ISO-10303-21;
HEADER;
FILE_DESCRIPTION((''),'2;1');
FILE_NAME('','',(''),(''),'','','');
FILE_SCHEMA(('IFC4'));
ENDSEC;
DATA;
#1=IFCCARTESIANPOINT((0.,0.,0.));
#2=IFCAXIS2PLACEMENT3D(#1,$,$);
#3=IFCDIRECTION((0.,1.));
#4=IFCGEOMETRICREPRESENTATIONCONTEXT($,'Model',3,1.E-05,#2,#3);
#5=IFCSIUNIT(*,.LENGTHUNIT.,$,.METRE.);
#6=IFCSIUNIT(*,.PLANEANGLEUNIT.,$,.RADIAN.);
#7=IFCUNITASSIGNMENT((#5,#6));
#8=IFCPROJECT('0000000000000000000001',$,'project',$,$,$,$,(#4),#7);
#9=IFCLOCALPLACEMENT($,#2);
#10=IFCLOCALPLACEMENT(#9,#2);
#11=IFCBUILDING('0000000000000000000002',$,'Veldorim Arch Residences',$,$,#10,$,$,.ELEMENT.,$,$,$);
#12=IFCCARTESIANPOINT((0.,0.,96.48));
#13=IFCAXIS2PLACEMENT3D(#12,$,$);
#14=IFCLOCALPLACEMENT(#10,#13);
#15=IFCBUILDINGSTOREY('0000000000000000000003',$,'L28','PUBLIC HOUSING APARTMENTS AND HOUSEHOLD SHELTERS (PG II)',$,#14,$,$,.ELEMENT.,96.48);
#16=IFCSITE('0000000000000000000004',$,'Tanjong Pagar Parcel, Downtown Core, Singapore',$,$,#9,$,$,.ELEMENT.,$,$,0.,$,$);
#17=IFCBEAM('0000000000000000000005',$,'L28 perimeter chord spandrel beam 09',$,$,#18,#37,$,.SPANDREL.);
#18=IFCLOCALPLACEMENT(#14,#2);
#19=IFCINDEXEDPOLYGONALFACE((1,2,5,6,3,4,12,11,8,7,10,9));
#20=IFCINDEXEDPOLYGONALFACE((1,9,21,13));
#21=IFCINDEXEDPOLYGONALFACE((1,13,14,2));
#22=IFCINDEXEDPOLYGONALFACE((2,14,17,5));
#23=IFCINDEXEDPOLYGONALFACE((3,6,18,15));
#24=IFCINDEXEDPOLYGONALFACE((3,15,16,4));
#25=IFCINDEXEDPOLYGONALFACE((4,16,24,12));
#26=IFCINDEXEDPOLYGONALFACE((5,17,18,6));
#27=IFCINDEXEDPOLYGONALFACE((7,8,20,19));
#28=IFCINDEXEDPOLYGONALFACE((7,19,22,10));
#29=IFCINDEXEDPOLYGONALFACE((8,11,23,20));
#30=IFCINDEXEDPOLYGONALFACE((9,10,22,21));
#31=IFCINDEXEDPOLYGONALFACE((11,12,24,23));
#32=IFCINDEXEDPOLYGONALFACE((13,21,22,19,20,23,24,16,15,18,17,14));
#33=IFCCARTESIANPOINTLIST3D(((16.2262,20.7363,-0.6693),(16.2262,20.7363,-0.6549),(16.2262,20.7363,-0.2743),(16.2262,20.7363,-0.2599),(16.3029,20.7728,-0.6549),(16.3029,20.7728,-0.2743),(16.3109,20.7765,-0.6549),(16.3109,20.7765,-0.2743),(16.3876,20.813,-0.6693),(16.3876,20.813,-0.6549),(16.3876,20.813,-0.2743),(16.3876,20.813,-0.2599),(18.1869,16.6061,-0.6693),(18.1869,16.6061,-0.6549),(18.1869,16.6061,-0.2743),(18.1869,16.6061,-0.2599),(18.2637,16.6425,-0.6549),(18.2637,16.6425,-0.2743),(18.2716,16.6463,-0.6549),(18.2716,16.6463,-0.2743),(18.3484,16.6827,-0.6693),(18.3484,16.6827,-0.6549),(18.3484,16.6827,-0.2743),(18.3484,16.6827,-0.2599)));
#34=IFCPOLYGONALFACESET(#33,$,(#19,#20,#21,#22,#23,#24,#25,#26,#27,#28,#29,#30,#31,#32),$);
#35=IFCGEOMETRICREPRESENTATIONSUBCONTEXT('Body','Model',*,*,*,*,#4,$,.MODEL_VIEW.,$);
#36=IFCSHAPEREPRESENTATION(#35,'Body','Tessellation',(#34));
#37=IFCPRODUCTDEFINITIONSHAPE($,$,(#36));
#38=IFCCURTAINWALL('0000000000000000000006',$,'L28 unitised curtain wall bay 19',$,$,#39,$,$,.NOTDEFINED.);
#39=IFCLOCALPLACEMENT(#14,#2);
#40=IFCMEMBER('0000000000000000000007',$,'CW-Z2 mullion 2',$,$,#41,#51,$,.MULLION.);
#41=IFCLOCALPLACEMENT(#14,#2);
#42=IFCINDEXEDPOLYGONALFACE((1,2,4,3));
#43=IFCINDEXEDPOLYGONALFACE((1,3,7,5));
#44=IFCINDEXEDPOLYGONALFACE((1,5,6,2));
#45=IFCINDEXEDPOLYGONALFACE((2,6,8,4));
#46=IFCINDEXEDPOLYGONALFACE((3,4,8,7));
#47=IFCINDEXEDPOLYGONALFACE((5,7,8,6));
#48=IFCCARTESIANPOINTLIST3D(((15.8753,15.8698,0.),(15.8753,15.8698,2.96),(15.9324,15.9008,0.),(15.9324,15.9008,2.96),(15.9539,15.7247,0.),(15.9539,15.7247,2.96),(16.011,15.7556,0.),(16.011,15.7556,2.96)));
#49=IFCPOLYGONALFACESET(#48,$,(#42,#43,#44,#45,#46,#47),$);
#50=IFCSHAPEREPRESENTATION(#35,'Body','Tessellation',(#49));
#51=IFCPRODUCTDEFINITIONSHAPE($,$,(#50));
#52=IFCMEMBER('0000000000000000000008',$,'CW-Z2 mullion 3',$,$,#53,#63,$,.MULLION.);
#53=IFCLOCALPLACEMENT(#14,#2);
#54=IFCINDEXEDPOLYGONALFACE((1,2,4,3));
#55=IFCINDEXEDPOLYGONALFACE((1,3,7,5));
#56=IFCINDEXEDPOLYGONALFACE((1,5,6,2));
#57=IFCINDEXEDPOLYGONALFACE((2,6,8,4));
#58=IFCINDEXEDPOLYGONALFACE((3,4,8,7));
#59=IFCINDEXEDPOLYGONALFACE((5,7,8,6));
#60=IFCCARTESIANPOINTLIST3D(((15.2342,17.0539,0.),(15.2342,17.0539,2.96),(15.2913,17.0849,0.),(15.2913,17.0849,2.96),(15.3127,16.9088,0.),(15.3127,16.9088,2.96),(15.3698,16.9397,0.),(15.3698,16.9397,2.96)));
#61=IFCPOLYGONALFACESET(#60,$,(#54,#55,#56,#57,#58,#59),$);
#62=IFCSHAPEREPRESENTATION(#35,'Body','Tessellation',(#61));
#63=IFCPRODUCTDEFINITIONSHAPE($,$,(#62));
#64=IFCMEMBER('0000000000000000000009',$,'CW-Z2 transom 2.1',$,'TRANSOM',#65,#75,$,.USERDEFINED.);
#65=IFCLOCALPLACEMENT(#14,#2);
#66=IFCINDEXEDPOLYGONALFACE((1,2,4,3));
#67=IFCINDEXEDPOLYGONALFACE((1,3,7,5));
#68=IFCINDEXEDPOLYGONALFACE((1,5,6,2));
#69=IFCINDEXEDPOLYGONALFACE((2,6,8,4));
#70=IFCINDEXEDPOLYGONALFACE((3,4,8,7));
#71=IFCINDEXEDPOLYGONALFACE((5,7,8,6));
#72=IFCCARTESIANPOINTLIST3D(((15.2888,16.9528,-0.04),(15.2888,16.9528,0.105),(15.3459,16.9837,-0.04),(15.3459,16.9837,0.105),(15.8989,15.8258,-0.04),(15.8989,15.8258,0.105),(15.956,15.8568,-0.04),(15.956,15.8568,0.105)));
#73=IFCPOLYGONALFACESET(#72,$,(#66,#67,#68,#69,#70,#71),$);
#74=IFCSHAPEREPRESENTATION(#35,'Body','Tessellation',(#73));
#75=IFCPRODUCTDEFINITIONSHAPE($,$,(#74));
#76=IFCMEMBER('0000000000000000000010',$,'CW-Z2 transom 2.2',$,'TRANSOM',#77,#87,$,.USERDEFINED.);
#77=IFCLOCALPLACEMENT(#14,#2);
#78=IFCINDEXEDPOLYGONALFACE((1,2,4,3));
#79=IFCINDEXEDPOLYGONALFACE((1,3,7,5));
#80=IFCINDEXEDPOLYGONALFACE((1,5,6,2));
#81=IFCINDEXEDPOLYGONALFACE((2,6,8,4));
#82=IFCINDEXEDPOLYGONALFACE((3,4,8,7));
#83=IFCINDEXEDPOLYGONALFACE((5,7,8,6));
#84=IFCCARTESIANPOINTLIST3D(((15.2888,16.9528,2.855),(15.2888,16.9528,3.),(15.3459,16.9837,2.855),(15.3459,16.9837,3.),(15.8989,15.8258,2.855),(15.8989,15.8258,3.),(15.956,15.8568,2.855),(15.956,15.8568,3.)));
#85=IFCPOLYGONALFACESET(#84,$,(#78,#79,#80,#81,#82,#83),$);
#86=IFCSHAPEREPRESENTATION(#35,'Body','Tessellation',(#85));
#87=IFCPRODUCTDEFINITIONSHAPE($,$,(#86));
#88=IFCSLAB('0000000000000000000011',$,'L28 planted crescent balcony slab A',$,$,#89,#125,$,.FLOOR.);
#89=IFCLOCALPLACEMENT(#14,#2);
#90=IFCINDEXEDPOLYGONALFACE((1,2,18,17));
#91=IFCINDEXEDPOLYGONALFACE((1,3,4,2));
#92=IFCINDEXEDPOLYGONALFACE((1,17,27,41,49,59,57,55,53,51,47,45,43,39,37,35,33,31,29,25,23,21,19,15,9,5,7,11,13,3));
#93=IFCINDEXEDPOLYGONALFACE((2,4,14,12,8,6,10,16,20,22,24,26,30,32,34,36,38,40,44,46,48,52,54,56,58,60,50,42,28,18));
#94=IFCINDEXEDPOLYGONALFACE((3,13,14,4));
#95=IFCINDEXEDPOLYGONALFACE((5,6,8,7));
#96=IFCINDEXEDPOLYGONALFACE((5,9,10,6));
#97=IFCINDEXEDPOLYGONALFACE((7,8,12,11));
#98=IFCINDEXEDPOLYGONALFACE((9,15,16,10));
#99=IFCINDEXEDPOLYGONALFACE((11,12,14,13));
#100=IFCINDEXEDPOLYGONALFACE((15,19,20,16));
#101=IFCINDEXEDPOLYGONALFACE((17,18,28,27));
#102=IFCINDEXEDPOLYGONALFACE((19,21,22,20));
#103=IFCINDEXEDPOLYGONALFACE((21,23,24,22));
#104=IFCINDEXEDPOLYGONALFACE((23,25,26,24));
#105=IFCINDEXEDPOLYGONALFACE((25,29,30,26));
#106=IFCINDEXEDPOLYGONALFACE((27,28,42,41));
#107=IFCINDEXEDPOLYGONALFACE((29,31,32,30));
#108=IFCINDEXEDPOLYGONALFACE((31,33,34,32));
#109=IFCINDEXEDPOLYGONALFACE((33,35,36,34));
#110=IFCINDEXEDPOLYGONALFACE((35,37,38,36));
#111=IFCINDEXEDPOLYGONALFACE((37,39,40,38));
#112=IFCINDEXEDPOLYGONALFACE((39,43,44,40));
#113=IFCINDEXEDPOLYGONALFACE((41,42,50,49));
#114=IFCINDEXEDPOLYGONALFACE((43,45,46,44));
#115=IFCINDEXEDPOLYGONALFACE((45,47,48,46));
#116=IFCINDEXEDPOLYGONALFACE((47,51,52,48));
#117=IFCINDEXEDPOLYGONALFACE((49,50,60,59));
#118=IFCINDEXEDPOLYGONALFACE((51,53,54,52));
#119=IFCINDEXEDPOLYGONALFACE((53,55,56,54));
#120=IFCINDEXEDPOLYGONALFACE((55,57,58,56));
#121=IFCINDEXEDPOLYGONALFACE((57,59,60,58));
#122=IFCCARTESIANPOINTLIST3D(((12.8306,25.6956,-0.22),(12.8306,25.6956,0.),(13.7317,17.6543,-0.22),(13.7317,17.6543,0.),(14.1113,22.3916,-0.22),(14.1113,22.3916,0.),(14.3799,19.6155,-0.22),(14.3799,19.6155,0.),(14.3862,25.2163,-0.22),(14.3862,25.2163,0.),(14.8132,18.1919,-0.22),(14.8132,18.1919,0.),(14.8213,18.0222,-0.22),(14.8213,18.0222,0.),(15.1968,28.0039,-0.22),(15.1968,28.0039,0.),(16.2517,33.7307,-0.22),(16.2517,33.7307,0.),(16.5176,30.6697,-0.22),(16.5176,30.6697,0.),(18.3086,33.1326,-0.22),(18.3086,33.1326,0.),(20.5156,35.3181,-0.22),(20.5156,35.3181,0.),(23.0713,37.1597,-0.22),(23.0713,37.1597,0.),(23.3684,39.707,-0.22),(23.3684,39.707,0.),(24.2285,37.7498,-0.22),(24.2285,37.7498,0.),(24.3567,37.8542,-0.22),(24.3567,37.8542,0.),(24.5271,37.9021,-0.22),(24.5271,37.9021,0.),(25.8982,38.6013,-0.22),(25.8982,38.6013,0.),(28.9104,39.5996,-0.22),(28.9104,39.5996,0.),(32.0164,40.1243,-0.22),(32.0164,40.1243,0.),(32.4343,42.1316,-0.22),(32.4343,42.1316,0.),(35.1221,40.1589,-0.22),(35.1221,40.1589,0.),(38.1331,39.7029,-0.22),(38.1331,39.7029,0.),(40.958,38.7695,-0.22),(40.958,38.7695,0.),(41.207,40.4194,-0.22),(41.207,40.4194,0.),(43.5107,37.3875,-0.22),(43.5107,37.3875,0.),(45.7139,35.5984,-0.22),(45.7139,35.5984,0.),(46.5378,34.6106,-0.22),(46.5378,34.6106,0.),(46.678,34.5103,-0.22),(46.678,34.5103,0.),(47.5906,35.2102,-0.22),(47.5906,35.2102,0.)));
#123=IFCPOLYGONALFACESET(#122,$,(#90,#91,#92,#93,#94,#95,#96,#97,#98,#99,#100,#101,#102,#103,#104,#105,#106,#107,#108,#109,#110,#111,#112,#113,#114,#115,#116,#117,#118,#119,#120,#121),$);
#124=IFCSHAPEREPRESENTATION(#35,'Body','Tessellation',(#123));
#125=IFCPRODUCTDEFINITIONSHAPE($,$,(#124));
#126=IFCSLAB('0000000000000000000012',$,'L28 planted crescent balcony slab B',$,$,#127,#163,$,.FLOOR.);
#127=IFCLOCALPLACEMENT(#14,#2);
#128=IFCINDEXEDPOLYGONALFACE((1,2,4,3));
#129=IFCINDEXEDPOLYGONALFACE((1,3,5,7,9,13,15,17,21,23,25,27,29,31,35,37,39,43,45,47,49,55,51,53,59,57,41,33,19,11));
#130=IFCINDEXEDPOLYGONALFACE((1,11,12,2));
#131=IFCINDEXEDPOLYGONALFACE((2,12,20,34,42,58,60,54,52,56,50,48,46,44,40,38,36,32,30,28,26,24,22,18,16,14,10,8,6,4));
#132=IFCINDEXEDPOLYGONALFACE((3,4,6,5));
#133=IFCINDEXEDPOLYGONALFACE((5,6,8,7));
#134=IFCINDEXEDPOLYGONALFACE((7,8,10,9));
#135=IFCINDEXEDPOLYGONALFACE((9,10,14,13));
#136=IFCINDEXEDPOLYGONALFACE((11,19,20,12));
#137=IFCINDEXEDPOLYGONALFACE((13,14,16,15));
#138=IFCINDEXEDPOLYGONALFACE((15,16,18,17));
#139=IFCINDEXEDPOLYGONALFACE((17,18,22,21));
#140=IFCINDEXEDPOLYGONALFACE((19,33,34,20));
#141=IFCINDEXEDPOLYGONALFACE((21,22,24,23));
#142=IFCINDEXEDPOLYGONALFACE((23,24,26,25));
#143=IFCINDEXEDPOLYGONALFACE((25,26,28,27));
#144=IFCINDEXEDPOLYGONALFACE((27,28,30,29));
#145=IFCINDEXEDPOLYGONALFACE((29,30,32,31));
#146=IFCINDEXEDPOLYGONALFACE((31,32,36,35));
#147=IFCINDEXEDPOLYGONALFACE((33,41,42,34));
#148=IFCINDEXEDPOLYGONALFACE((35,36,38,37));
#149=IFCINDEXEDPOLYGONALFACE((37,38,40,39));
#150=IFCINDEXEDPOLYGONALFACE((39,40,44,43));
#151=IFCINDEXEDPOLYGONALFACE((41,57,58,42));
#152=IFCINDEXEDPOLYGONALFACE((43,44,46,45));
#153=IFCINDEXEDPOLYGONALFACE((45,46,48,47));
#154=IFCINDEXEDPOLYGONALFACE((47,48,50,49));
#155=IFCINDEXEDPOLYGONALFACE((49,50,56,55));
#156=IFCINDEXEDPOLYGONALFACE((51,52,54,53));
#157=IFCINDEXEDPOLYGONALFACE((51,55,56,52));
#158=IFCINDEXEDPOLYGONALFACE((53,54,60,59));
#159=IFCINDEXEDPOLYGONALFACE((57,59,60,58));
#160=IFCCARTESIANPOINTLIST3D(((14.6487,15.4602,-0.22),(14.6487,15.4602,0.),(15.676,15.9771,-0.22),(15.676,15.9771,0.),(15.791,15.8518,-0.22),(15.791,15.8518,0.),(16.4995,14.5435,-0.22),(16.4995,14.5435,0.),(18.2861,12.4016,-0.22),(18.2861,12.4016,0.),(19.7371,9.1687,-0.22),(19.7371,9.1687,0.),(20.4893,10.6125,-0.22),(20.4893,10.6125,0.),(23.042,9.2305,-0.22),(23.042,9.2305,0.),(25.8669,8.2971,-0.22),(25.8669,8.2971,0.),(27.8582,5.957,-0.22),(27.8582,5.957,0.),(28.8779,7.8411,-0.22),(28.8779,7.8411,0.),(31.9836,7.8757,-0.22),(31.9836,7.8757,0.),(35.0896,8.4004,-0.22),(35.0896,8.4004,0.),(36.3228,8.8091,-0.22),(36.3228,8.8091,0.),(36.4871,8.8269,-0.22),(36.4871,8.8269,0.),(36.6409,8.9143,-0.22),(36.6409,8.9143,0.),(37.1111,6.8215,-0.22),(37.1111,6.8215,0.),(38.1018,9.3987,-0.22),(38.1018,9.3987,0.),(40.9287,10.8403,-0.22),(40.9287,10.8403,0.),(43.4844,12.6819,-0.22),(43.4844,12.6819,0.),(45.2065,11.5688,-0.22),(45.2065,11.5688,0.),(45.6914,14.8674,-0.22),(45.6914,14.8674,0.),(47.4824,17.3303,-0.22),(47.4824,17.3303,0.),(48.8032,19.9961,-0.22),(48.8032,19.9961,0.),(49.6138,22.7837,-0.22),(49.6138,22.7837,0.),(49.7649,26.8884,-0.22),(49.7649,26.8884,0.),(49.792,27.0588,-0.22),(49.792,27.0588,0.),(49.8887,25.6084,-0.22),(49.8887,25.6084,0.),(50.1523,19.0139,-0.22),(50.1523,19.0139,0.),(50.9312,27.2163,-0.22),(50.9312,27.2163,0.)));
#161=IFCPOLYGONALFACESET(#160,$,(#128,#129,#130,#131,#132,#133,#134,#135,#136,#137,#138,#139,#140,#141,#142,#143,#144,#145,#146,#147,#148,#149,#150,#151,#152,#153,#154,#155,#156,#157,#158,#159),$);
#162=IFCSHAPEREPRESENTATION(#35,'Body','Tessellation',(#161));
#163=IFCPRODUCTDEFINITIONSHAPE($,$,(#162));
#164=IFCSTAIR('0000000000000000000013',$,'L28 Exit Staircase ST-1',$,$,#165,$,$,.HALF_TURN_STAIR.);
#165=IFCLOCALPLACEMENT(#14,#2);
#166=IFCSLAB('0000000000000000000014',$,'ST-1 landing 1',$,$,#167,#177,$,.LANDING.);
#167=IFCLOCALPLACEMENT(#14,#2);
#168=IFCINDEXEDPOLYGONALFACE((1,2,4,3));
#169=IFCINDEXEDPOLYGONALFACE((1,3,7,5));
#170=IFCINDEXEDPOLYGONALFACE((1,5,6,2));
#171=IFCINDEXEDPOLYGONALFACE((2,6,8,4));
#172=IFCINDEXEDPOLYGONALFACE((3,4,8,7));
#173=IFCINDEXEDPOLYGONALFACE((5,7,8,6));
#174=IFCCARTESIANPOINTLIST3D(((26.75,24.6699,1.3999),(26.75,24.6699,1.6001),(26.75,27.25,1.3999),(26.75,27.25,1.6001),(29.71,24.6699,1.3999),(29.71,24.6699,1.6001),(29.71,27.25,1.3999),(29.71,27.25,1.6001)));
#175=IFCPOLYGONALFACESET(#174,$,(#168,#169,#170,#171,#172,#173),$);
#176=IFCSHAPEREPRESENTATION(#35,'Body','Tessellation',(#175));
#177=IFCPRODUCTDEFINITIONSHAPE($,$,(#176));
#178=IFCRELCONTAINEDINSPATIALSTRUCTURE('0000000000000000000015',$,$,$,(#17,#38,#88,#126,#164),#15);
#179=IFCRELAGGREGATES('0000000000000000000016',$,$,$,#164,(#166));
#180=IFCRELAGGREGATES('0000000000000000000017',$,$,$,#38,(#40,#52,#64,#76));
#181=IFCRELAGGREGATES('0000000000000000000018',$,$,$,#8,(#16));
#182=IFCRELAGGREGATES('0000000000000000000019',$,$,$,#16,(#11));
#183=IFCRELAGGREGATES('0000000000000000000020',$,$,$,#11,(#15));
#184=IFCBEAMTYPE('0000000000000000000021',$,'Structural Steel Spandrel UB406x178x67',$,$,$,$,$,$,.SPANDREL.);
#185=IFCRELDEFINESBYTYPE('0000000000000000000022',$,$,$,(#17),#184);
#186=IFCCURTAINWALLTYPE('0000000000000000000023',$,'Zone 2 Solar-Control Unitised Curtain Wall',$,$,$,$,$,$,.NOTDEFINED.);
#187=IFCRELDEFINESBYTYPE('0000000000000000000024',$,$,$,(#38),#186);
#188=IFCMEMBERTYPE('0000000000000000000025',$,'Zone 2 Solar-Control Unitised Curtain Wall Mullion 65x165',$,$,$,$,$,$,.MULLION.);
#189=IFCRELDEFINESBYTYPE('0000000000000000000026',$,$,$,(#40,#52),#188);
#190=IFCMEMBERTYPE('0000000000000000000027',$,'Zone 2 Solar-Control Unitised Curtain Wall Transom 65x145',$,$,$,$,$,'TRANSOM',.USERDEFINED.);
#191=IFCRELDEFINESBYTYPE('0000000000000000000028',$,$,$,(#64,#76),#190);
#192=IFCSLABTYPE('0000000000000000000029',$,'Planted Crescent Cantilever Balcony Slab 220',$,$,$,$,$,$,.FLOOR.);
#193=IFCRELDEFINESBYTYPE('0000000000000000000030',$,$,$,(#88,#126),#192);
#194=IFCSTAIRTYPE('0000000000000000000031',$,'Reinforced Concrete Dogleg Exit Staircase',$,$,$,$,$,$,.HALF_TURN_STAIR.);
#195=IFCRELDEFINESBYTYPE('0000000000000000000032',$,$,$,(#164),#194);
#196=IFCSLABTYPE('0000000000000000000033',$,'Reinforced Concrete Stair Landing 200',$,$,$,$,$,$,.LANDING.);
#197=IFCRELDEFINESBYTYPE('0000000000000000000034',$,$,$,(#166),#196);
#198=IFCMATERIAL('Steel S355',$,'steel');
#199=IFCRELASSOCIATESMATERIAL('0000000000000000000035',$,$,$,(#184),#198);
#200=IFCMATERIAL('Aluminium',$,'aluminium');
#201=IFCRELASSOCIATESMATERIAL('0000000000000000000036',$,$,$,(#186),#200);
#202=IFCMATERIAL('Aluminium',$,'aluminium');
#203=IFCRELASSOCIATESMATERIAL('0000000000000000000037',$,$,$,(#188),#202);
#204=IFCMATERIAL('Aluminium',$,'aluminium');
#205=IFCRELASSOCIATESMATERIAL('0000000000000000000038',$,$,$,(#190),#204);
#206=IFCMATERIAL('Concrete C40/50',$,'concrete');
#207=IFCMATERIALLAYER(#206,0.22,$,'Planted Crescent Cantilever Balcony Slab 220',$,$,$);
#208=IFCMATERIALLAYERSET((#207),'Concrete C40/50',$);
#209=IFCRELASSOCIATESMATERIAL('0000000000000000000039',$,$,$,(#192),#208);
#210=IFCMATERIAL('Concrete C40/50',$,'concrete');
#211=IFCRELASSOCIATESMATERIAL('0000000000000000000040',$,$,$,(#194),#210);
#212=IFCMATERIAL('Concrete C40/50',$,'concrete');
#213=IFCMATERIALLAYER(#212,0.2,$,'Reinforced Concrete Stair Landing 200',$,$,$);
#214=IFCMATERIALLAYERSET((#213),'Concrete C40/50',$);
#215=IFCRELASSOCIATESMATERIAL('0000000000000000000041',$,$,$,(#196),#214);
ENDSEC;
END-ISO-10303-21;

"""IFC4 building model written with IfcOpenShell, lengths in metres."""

from ifc_helpers import new_model, si_unit, direction, frame, origin, origin_2d, place, context, subcontext, project, spatial, polyline, rectangle, i_section, outline, extrude, material, layer, layer_set, material_profile, profile_set, type_object, element, aggregate, save


model = new_model("IFC4")

# Units and contexts
model_context = context("Model", 3, precision=1e-05, world=origin(), true_north=direction((0.0, 1.0)))
body_context = subcontext(model_context, "Body", "Model", "MODEL_VIEW")
ifc_project = project(units=[si_unit("LENGTHUNIT", "METRE"), si_unit("PLANEANGLEUNIT", "RADIAN")], contexts=[model_context])

# Site, building, storey
site_placement = place(None, origin())
site = spatial("IfcSite", under=ifc_project, at=site_placement, Name="Tanjong Pagar Parcel, Downtown Core, Singapore", CompositionType="ELEMENT", RefElevation=0.0)
building_placement = place(site_placement, origin())
building = spatial("IfcBuilding", under=site, at=building_placement, Name="Veldorim Arch Residences", CompositionType="ELEMENT")
storey_placement = place(building_placement, frame((0.0, 0.0, 96.48)))
storey = spatial("IfcBuildingStorey", under=building, at=storey_placement, Name="L28", Description="PUBLIC HOUSING APARTMENTS AND HOUSEHOLD SHELTERS (PG II)", CompositionType="ELEMENT", Elevation=96.48)

# Beam
ifc_material_1 = material(Name="Steel S355", Category="steel")
ifc_material_profile_1 = material_profile(ifc_material_1, i_section(OverallWidth=0.1787, OverallDepth=0.4094, WebThickness=0.0088, FlangeThickness=0.0144, at=origin_2d()), Name="UB406x178x67")
ifc_profile_set_1 = profile_set([ifc_material_profile_1], Name="Steel S355")
beam_type = type_object("IfcBeamType", Name="Structural Steel Spandrel UB406x178x67", PredefinedType="SPANDREL", material=ifc_profile_set_1)
beam_placement = place(storey_placement, frame((16.3069, 20.7747, -0.4646), z_axis=(0.428857, -0.903372, 0.0), x_axis=(0.903372, 0.428857, 0.0)))
element("IfcBeam", 1, at=beam_placement, inside=storey, type_object=beam_type, Name="L28 perimeter chord spandrel beam 09", PredefinedType="SPANDREL", context=body_context, shape_type="SweptSolid", body=[
    extrude(i_section(OverallWidth=0.1787, OverallDepth=0.4094, WebThickness=0.0088, FlangeThickness=0.0144, at=origin_2d()), origin(), (0.0, 0.0, 1.0), 4.572),
])

# Curtain wall, members
ifc_material_2 = material(Name="Aluminium", Category="aluminium")
curtain_wall_type = type_object("IfcCurtainWallType", Name="Zone 2 Solar-Control Unitised Curtain Wall", PredefinedType="NOTDEFINED", material=ifc_material_2)
curtain_wall_placement = place(storey_placement, origin())
curtain_wall = element("IfcCurtainWall", 2, at=curtain_wall_placement, inside=storey, type_object=curtain_wall_type, Name="L28 unitised curtain wall bay 19", PredefinedType="NOTDEFINED")
ifc_material_3 = material(Name="Aluminium", Category="aluminium")
ifc_material_profile_2 = material_profile(ifc_material_3, rectangle(XDim=0.0649, YDim=0.165, at=origin_2d()), Name="ALU_MUL_65x165")
ifc_profile_set_2 = profile_set([ifc_material_profile_2], Name="Aluminium")
member_type_1 = type_object("IfcMemberType", Name="Zone 2 Solar-Control Unitised Curtain Wall Mullion 65x165", PredefinedType="MULLION", material=ifc_profile_set_2)
member_1_placement = place(storey_placement, frame((15.9431, 15.8127, 0.0), z_axis=(0.0, 0.0, 1.0), x_axis=(-0.879366, -0.476146, 0.0)))
member_1 = element("IfcMember", 3, at=member_1_placement, type_object=member_type_1, Name="CW-Z2 mullion 2", PredefinedType="MULLION", context=body_context, shape_type="SweptSolid", body=[
    extrude(rectangle(XDim=0.0649, YDim=0.165, at=origin_2d()), origin(), (0.0, 0.0, 1.0), 2.96),
])
member_2_placement = place(storey_placement, frame((15.302, 16.9968, 0.0), z_axis=(0.0, 0.0, 1.0), x_axis=(-0.879366, -0.476146, 0.0)))
member_2 = element("IfcMember", 4, at=member_2_placement, type_object=member_type_1, Name="CW-Z2 mullion 3", PredefinedType="MULLION", context=body_context, shape_type="SweptSolid", body=[
    extrude(rectangle(XDim=0.0649, YDim=0.165, at=origin_2d()), origin(), (0.0, 0.0, 1.0), 2.96),
])
ifc_material_4 = material(Name="Aluminium", Category="aluminium")
ifc_material_profile_3 = material_profile(ifc_material_4, rectangle(XDim=0.0649, YDim=0.145, at=origin_2d()), Name="ALU_TRN_65x145")
ifc_profile_set_3 = profile_set([ifc_material_profile_3], Name="Aluminium")
member_type_2 = type_object("IfcMemberType", Name="Zone 2 Solar-Control Unitised Curtain Wall Transom 65x145", ElementType="TRANSOM", PredefinedType="USERDEFINED", material=ifc_profile_set_3)
member_3_placement = place(storey_placement, frame((15.9275, 15.8413, 0.0325), z_axis=(-0.476087, 0.879398, 0.0), x_axis=(-0.879398, -0.476087, 0.0)))
member_3 = element("IfcMember", 5, at=member_3_placement, type_object=member_type_2, Name="CW-Z2 transom 2.1", ObjectType="TRANSOM", PredefinedType="USERDEFINED", context=body_context, shape_type="SweptSolid", body=[
    extrude(rectangle(XDim=0.0649, YDim=0.145, at=origin_2d()), origin(), (0.0, 0.0, 1.0), 1.2815),
])
member_4_placement = place(storey_placement, frame((15.9275, 15.8413, 2.9275), z_axis=(-0.476087, 0.879398, 0.0), x_axis=(-0.879398, -0.476087, 0.0)))
member_4 = element("IfcMember", 6, at=member_4_placement, type_object=member_type_2, Name="CW-Z2 transom 2.2", ObjectType="TRANSOM", PredefinedType="USERDEFINED", context=body_context, shape_type="SweptSolid", body=[
    extrude(rectangle(XDim=0.0649, YDim=0.145, at=origin_2d()), origin(), (0.0, 0.0, 1.0), 1.2815),
])

# Slabs
ifc_material_5 = material(Name="Concrete C40/50", Category="concrete")
ifc_layer_1 = layer(ifc_material_5, 0.22, Name="Planted Crescent Cantilever Balcony Slab 220")
ifc_layer_set_1 = layer_set([ifc_layer_1], Name="Concrete C40/50")
slab_type_1 = type_object("IfcSlabType", Name="Planted Crescent Cantilever Balcony Slab 220", PredefinedType="FLOOR", material=ifc_layer_set_1)
slab_1_placement = place(storey_placement, frame((0.0, 0.0, -0.22)))
element("IfcSlab", 7, at=slab_1_placement, inside=storey, type_object=slab_type_1, Name="L28 planted crescent balcony slab A", PredefinedType="FLOOR", context=body_context, shape_type="SweptSolid", body=[
    extrude(outline(polyline([(46.5378, 34.6106), (45.7139, 35.5984), (43.5107, 37.3875), (40.958, 38.7695), (38.1331, 39.7029), (35.1221, 40.1589), (32.0164, 40.1243), (28.9104, 39.5996), (25.8982, 38.6013), (24.5271, 37.9021), (24.3567, 37.8542), (24.2285, 37.7498), (23.0713, 37.1597), (20.5156, 35.3181), (18.3086, 33.1326), (16.5176, 30.6697), (15.1968, 28.0039), (14.3862, 25.2163), (14.1113, 22.3916), (14.3799, 19.6155), (14.8132, 18.1919), (14.8213, 18.0222), (13.7317, 17.6543), (12.8306, 25.6956), (16.2517, 33.7307), (23.3684, 39.707), (32.4343, 42.1316), (41.207, 40.4194), (47.5906, 35.2102), (46.678, 34.5103), (46.5378, 34.6106)])), origin(), (0.0, 0.0, 1.0), 0.22),
])
slab_2_placement = place(storey_placement, frame((0.0, 0.0, -0.22)))
element("IfcSlab", 8, at=slab_2_placement, inside=storey, type_object=slab_type_1, Name="L28 planted crescent balcony slab B", PredefinedType="FLOOR", context=body_context, shape_type="SweptSolid", body=[
    extrude(outline(polyline([(15.791, 15.8518), (16.4995, 14.5435), (18.2861, 12.4016), (20.4893, 10.6125), (23.042, 9.2305), (25.8669, 8.2971), (28.8779, 7.8411), (31.9836, 7.8757), (35.0896, 8.4004), (36.3228, 8.8091), (36.4871, 8.8269), (36.6409, 8.9143), (38.1018, 9.3987), (40.9287, 10.8403), (43.4844, 12.6819), (45.6914, 14.8674), (47.4824, 17.3303), (48.8032, 19.9961), (49.6138, 22.7837), (49.8887, 25.6084), (49.7649, 26.8884), (49.792, 27.0588), (50.9312, 27.2163), (50.1523, 19.0139), (45.2065, 11.5688), (37.1111, 6.8215), (27.8582, 5.957), (19.7371, 9.1687), (14.6487, 15.4602), (15.676, 15.9771), (15.791, 15.8518)])), origin(), (0.0, 0.0, 1.0), 0.22),
])

# Stair, slab
ifc_material_6 = material(Name="Concrete C40/50", Category="concrete")
stair_type = type_object("IfcStairType", Name="Reinforced Concrete Dogleg Exit Staircase", PredefinedType="HALF_TURN_STAIR", material=ifc_material_6)
stair_1_placement = place(storey_placement, origin())
stair_1 = element("IfcStair", 9, at=stair_1_placement, inside=storey, type_object=stair_type, Name="L28 Exit Staircase ST-1", PredefinedType="HALF_TURN_STAIR")
ifc_material_7 = material(Name="Concrete C40/50", Category="concrete")
ifc_layer_2 = layer(ifc_material_7, 0.2, Name="Reinforced Concrete Stair Landing 200")
ifc_layer_set_2 = layer_set([ifc_layer_2], Name="Concrete C40/50")
slab_type_2 = type_object("IfcSlabType", Name="Reinforced Concrete Stair Landing 200", PredefinedType="LANDING", material=ifc_layer_set_2)
slab_3_placement = place(storey_placement, frame((0.0, 0.0, 1.3999)))
slab_3 = element("IfcSlab", 10, at=slab_3_placement, type_object=slab_type_2, Name="ST-1 landing 1", PredefinedType="LANDING", context=body_context, shape_type="SweptSolid", body=[
    extrude(outline(polyline([(29.71, 24.6699), (29.71, 27.25), (26.75, 27.25), (26.75, 24.6699), (29.71, 24.6699)])), origin(), (0.0, 0.0, 1.0), 0.2002),
])
aggregate(stair_1, [slab_3])

aggregate(curtain_wall, [member_1, member_2, member_3, member_4])

save(model, "model.ifc")
